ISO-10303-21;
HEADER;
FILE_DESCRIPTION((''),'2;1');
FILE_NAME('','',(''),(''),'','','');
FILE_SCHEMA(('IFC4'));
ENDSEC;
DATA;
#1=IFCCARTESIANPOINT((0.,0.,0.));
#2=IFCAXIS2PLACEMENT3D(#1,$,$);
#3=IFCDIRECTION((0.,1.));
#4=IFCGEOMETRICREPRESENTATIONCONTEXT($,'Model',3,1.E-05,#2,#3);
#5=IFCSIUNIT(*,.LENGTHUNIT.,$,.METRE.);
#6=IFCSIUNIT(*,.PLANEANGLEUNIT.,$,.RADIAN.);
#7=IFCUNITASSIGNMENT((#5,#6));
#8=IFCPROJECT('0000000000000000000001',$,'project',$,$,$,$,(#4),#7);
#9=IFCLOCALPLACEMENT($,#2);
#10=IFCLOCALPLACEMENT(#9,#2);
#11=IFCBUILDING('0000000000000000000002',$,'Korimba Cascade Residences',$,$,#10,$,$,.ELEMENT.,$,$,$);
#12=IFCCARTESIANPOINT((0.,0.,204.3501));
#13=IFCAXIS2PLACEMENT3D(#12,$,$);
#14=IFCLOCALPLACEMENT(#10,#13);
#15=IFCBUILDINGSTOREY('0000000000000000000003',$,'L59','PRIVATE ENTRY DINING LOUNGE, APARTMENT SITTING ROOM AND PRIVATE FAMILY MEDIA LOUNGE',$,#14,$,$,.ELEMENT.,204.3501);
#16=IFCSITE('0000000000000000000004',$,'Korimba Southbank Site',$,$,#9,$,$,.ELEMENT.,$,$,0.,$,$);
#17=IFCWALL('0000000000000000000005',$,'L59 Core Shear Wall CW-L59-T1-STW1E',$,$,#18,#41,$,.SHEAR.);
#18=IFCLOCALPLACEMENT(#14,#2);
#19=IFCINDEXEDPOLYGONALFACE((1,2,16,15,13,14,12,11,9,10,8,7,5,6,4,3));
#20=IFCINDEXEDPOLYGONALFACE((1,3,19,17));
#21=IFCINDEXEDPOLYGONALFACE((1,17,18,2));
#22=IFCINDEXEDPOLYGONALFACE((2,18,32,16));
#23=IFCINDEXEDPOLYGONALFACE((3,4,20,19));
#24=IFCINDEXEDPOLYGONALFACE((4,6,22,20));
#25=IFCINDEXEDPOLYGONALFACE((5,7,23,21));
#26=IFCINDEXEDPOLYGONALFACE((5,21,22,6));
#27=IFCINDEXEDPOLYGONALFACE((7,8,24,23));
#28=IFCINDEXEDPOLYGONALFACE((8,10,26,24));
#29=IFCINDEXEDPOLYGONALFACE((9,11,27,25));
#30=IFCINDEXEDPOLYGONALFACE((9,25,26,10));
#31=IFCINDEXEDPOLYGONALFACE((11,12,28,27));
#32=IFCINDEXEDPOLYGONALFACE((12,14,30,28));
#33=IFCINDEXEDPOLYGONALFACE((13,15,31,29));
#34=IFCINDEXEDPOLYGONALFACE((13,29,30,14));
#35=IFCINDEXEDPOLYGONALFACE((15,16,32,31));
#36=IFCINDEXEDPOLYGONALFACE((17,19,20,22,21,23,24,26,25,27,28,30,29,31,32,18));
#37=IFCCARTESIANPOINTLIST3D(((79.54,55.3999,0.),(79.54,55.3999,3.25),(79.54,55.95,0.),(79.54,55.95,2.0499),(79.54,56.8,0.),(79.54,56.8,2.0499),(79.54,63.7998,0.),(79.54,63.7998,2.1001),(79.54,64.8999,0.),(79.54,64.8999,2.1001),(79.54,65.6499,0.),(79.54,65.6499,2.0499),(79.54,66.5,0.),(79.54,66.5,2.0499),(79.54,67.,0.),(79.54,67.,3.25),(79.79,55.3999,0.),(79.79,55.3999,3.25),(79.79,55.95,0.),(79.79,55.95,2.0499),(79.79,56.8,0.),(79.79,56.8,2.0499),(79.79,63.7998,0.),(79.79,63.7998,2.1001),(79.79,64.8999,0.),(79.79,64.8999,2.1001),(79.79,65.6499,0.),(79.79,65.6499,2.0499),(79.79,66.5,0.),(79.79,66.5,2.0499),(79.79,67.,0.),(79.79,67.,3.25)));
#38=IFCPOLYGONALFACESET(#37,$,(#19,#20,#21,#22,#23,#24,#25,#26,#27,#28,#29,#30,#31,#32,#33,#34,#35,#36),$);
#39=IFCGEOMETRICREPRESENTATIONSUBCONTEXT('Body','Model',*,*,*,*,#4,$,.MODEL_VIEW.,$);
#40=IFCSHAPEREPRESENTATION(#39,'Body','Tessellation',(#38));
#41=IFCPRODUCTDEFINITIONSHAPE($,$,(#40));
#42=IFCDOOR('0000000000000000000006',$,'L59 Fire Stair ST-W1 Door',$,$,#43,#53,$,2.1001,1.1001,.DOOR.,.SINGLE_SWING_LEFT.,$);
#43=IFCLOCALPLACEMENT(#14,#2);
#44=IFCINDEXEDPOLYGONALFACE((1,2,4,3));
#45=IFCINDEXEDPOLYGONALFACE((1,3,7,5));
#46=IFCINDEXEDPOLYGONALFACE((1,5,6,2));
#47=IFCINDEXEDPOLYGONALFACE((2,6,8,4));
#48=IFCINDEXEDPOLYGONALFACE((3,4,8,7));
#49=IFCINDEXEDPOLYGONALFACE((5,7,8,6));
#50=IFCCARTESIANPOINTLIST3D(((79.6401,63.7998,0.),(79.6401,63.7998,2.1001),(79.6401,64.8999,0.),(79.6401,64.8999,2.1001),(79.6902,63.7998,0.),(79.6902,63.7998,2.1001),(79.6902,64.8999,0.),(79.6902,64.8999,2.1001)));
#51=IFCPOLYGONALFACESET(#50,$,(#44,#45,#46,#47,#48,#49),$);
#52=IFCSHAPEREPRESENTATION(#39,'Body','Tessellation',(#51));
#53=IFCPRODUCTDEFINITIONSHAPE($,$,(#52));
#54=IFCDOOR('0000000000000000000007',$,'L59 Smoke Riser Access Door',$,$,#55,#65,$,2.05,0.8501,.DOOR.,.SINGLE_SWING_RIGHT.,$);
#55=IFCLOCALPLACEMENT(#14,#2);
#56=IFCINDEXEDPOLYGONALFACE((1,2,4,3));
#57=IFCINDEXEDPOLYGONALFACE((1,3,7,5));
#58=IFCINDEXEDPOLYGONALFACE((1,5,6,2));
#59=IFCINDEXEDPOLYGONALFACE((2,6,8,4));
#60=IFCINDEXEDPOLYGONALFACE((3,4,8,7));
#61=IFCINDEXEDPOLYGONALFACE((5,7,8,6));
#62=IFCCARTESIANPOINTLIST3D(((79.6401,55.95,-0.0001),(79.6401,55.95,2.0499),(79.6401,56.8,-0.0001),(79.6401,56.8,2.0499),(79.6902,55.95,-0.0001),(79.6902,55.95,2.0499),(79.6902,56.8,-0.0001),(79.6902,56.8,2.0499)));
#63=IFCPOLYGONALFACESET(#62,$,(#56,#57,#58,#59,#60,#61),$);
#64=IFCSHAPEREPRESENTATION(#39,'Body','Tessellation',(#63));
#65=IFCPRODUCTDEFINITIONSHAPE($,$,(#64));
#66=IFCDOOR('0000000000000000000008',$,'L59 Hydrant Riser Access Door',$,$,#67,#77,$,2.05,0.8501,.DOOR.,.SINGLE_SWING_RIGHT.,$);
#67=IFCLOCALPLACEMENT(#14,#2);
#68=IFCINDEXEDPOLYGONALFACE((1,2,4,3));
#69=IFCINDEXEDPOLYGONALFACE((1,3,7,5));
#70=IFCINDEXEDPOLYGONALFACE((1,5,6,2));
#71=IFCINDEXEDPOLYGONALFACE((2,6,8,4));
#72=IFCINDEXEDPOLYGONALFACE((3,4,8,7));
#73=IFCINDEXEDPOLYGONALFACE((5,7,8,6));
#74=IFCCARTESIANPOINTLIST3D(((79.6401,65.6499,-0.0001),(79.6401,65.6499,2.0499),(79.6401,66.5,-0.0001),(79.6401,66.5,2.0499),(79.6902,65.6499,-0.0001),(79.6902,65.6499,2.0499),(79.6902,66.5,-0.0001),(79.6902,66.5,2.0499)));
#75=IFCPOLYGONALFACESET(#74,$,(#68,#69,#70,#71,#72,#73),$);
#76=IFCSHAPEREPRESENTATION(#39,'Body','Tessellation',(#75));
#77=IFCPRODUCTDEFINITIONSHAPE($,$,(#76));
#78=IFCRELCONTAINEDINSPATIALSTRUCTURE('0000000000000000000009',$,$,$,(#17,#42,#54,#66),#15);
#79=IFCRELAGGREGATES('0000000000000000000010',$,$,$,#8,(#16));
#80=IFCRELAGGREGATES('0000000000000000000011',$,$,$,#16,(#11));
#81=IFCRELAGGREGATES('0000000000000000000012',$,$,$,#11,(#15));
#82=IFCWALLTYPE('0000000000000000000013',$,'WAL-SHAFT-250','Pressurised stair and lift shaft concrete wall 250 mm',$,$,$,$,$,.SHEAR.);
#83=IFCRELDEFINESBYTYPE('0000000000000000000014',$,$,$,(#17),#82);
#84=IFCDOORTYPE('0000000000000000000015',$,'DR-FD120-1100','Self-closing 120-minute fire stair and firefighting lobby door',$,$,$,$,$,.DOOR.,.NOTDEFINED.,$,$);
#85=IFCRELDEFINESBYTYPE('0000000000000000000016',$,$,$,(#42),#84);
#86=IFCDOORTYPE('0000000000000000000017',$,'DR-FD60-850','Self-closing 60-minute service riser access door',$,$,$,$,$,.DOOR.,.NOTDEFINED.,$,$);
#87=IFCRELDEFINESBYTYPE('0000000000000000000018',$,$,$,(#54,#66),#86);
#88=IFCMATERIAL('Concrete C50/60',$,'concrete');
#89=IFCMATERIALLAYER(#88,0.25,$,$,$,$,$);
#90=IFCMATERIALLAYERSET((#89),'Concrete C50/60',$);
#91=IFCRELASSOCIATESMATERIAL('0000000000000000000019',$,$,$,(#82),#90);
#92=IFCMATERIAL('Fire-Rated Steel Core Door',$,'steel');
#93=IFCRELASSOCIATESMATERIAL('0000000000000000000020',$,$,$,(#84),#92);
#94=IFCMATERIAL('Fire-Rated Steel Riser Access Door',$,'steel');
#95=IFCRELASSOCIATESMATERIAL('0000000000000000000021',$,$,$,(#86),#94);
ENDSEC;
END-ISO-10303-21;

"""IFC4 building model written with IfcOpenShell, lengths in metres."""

from ifc_helpers import new_model, si_unit, direction, frame, frame_2d, origin, place, context, subcontext, project, spatial, rectangle, extrude, material, layer, layer_set, type_object, element, fill, save


model = new_model("IFC4")

# Units and contexts
model_context = context("Model", 3, precision=1e-05, world=origin(), true_north=direction((0.0, 1.0)))
body_context = subcontext(model_context, "Body", "Model", "MODEL_VIEW")
ifc_project = project(units=[si_unit("LENGTHUNIT", "METRE"), si_unit("PLANEANGLEUNIT", "RADIAN")], contexts=[model_context])

# Site, building, storey
site_placement = place(None, origin())
site = spatial("IfcSite", under=ifc_project, at=site_placement, Name="Korimba Southbank Site", CompositionType="ELEMENT", RefElevation=0.0)
building_placement = place(site_placement, origin())
building = spatial("IfcBuilding", under=site, at=building_placement, Name="Korimba Cascade Residences", CompositionType="ELEMENT")
storey_placement = place(building_placement, frame((0.0, 0.0, 204.3501)))
storey = spatial("IfcBuildingStorey", under=building, at=storey_placement, Name="L59", Description="PRIVATE ENTRY DINING LOUNGE, APARTMENT SITTING ROOM AND PRIVATE FAMILY MEDIA LOUNGE", CompositionType="ELEMENT", Elevation=204.3501)

# Shared definitions
ifc_material_1 = material(Name="Concrete C50/60", Category="concrete")

# Wall, openings, doors
ifc_layer_1 = layer(ifc_material_1, 0.25)
ifc_layer_set_1 = layer_set([ifc_layer_1], Name="Concrete C50/60")
wall_type_1 = type_object("IfcWallType", Name="WAL-SHAFT-250", Description="Pressurised stair and lift shaft concrete wall 250 mm", PredefinedType="SHEAR", material=ifc_layer_set_1)
wall_1_placement = place(storey_placement, frame((79.665, 55.3999, 0.0), z_axis=(0.0, 0.0, 1.0), x_axis=(0.0, 1.0, 0.0)))
wall_1 = element("IfcWall", 1, at=wall_1_placement, inside=storey, type_object=wall_type_1, Name="L59 Core Shear Wall CW-L59-T1-STW1E", PredefinedType="SHEAR", context=body_context, shape_type="SweptSolid", body=[
    extrude(rectangle(XDim=11.6001, YDim=0.25, at=frame_2d((5.8, 0.0))), origin(), (0.0, 0.0, 1.0), 3.25),
])
opening_1_placement = place(wall_1_placement, frame((0.55, 0.0, 0.0)))
opening_1 = element("IfcOpeningElement", 2, at=opening_1_placement, cuts=wall_1, PredefinedType="OPENING", context=body_context, shape_type="SweptSolid", body=[
    extrude(rectangle(XDim=0.8501, YDim=2.05, at=frame_2d((0.425, 1.0249))), frame((0.0, 0.135, 0.0), z_axis=(0.0, -1.0, 0.0), x_axis=(1.0, 0.0, 0.0)), (0.0, 0.0, 1.0), 0.27),
])
opening_2_placement = place(wall_1_placement, frame((8.3999, 0.0, 0.0)))
opening_2 = element("IfcOpeningElement", 3, at=opening_2_placement, cuts=wall_1, PredefinedType="OPENING", context=body_context, shape_type="SweptSolid", body=[
    extrude(rectangle(XDim=1.1001, YDim=2.1001, at=frame_2d((0.55, 1.05))), frame((0.0, 0.135, 0.0), z_axis=(0.0, -1.0, 0.0), x_axis=(1.0, 0.0, 0.0)), (0.0, 0.0, 1.0), 0.27),
])
opening_3_placement = place(wall_1_placement, frame((10.25, 0.0, 0.0)))
opening_3 = element("IfcOpeningElement", 4, at=opening_3_placement, cuts=wall_1, PredefinedType="OPENING", context=body_context, shape_type="SweptSolid", body=[
    extrude(rectangle(XDim=0.8501, YDim=2.05, at=frame_2d((0.425, 1.0249))), frame((0.0, 0.135, 0.0), z_axis=(0.0, -1.0, 0.0), x_axis=(1.0, 0.0, 0.0)), (0.0, 0.0, 1.0), 0.27),
])
ifc_material_2 = material(Name="Fire-Rated Steel Core Door", Category="steel")
door_type_1 = type_object("IfcDoorType", Name="DR-FD120-1100", Description="Self-closing 120-minute fire stair and firefighting lobby door", OperationType="NOTDEFINED", PredefinedType="DOOR", material=ifc_material_2)
door_1_placement = place(opening_2_placement, origin())
door_1 = element("IfcDoor", 5, at=door_1_placement, inside=storey, type_object=door_type_1, Name="L59 Fire Stair ST-W1 Door", OperationType="SINGLE_SWING_LEFT", OverallHeight=2.1001, OverallWidth=1.1001, PredefinedType="DOOR", context=body_context, shape_type="SweptSolid", body=[
    extrude(rectangle(XDim=1.1001, YDim=2.1001, at=frame_2d((0.55, 1.05))), frame((0.0, 0.0249, 0.0), z_axis=(0.0, -1.0, 0.0), x_axis=(1.0, 0.0, 0.0)), (0.0, 0.0, 1.0), 0.05),
])
fill(opening_2, door_1)
ifc_material_3 = material(Name="Fire-Rated Steel Riser Access Door", Category="steel")
door_type_2 = type_object("IfcDoorType", Name="DR-FD60-850", Description="Self-closing 60-minute service riser access door", OperationType="NOTDEFINED", PredefinedType="DOOR", material=ifc_material_3)
door_2_placement = place(opening_1_placement, origin())
door_2 = element("IfcDoor", 6, at=door_2_placement, inside=storey, type_object=door_type_2, Name="L59 Smoke Riser Access Door", OperationType="SINGLE_SWING_RIGHT", OverallHeight=2.05, OverallWidth=0.8501, PredefinedType="DOOR", context=body_context, shape_type="SweptSolid", body=[
    extrude(rectangle(XDim=0.8501, YDim=2.05, at=frame_2d((0.425, 1.0249))), frame((0.0, 0.0249, 0.0), z_axis=(0.0, -1.0, 0.0), x_axis=(1.0, 0.0, 0.0)), (0.0, 0.0, 1.0), 0.05),
])
fill(opening_1, door_2)
door_3_placement = place(opening_3_placement, origin())
door_3 = element("IfcDoor", 7, at=door_3_placement, inside=storey, type_object=door_type_2, Name="L59 Hydrant Riser Access Door", OperationType="SINGLE_SWING_RIGHT", OverallHeight=2.05, OverallWidth=0.8501, PredefinedType="DOOR", context=body_context, shape_type="SweptSolid", body=[
    extrude(rectangle(XDim=0.8501, YDim=2.05, at=frame_2d((0.425, 1.0249))), frame((0.0, 0.0249, 0.0), z_axis=(0.0, -1.0, 0.0), x_axis=(1.0, 0.0, 0.0)), (0.0, 0.0, 1.0), 0.05),
])
fill(opening_3, door_3)

save(model, "model.ifc")
